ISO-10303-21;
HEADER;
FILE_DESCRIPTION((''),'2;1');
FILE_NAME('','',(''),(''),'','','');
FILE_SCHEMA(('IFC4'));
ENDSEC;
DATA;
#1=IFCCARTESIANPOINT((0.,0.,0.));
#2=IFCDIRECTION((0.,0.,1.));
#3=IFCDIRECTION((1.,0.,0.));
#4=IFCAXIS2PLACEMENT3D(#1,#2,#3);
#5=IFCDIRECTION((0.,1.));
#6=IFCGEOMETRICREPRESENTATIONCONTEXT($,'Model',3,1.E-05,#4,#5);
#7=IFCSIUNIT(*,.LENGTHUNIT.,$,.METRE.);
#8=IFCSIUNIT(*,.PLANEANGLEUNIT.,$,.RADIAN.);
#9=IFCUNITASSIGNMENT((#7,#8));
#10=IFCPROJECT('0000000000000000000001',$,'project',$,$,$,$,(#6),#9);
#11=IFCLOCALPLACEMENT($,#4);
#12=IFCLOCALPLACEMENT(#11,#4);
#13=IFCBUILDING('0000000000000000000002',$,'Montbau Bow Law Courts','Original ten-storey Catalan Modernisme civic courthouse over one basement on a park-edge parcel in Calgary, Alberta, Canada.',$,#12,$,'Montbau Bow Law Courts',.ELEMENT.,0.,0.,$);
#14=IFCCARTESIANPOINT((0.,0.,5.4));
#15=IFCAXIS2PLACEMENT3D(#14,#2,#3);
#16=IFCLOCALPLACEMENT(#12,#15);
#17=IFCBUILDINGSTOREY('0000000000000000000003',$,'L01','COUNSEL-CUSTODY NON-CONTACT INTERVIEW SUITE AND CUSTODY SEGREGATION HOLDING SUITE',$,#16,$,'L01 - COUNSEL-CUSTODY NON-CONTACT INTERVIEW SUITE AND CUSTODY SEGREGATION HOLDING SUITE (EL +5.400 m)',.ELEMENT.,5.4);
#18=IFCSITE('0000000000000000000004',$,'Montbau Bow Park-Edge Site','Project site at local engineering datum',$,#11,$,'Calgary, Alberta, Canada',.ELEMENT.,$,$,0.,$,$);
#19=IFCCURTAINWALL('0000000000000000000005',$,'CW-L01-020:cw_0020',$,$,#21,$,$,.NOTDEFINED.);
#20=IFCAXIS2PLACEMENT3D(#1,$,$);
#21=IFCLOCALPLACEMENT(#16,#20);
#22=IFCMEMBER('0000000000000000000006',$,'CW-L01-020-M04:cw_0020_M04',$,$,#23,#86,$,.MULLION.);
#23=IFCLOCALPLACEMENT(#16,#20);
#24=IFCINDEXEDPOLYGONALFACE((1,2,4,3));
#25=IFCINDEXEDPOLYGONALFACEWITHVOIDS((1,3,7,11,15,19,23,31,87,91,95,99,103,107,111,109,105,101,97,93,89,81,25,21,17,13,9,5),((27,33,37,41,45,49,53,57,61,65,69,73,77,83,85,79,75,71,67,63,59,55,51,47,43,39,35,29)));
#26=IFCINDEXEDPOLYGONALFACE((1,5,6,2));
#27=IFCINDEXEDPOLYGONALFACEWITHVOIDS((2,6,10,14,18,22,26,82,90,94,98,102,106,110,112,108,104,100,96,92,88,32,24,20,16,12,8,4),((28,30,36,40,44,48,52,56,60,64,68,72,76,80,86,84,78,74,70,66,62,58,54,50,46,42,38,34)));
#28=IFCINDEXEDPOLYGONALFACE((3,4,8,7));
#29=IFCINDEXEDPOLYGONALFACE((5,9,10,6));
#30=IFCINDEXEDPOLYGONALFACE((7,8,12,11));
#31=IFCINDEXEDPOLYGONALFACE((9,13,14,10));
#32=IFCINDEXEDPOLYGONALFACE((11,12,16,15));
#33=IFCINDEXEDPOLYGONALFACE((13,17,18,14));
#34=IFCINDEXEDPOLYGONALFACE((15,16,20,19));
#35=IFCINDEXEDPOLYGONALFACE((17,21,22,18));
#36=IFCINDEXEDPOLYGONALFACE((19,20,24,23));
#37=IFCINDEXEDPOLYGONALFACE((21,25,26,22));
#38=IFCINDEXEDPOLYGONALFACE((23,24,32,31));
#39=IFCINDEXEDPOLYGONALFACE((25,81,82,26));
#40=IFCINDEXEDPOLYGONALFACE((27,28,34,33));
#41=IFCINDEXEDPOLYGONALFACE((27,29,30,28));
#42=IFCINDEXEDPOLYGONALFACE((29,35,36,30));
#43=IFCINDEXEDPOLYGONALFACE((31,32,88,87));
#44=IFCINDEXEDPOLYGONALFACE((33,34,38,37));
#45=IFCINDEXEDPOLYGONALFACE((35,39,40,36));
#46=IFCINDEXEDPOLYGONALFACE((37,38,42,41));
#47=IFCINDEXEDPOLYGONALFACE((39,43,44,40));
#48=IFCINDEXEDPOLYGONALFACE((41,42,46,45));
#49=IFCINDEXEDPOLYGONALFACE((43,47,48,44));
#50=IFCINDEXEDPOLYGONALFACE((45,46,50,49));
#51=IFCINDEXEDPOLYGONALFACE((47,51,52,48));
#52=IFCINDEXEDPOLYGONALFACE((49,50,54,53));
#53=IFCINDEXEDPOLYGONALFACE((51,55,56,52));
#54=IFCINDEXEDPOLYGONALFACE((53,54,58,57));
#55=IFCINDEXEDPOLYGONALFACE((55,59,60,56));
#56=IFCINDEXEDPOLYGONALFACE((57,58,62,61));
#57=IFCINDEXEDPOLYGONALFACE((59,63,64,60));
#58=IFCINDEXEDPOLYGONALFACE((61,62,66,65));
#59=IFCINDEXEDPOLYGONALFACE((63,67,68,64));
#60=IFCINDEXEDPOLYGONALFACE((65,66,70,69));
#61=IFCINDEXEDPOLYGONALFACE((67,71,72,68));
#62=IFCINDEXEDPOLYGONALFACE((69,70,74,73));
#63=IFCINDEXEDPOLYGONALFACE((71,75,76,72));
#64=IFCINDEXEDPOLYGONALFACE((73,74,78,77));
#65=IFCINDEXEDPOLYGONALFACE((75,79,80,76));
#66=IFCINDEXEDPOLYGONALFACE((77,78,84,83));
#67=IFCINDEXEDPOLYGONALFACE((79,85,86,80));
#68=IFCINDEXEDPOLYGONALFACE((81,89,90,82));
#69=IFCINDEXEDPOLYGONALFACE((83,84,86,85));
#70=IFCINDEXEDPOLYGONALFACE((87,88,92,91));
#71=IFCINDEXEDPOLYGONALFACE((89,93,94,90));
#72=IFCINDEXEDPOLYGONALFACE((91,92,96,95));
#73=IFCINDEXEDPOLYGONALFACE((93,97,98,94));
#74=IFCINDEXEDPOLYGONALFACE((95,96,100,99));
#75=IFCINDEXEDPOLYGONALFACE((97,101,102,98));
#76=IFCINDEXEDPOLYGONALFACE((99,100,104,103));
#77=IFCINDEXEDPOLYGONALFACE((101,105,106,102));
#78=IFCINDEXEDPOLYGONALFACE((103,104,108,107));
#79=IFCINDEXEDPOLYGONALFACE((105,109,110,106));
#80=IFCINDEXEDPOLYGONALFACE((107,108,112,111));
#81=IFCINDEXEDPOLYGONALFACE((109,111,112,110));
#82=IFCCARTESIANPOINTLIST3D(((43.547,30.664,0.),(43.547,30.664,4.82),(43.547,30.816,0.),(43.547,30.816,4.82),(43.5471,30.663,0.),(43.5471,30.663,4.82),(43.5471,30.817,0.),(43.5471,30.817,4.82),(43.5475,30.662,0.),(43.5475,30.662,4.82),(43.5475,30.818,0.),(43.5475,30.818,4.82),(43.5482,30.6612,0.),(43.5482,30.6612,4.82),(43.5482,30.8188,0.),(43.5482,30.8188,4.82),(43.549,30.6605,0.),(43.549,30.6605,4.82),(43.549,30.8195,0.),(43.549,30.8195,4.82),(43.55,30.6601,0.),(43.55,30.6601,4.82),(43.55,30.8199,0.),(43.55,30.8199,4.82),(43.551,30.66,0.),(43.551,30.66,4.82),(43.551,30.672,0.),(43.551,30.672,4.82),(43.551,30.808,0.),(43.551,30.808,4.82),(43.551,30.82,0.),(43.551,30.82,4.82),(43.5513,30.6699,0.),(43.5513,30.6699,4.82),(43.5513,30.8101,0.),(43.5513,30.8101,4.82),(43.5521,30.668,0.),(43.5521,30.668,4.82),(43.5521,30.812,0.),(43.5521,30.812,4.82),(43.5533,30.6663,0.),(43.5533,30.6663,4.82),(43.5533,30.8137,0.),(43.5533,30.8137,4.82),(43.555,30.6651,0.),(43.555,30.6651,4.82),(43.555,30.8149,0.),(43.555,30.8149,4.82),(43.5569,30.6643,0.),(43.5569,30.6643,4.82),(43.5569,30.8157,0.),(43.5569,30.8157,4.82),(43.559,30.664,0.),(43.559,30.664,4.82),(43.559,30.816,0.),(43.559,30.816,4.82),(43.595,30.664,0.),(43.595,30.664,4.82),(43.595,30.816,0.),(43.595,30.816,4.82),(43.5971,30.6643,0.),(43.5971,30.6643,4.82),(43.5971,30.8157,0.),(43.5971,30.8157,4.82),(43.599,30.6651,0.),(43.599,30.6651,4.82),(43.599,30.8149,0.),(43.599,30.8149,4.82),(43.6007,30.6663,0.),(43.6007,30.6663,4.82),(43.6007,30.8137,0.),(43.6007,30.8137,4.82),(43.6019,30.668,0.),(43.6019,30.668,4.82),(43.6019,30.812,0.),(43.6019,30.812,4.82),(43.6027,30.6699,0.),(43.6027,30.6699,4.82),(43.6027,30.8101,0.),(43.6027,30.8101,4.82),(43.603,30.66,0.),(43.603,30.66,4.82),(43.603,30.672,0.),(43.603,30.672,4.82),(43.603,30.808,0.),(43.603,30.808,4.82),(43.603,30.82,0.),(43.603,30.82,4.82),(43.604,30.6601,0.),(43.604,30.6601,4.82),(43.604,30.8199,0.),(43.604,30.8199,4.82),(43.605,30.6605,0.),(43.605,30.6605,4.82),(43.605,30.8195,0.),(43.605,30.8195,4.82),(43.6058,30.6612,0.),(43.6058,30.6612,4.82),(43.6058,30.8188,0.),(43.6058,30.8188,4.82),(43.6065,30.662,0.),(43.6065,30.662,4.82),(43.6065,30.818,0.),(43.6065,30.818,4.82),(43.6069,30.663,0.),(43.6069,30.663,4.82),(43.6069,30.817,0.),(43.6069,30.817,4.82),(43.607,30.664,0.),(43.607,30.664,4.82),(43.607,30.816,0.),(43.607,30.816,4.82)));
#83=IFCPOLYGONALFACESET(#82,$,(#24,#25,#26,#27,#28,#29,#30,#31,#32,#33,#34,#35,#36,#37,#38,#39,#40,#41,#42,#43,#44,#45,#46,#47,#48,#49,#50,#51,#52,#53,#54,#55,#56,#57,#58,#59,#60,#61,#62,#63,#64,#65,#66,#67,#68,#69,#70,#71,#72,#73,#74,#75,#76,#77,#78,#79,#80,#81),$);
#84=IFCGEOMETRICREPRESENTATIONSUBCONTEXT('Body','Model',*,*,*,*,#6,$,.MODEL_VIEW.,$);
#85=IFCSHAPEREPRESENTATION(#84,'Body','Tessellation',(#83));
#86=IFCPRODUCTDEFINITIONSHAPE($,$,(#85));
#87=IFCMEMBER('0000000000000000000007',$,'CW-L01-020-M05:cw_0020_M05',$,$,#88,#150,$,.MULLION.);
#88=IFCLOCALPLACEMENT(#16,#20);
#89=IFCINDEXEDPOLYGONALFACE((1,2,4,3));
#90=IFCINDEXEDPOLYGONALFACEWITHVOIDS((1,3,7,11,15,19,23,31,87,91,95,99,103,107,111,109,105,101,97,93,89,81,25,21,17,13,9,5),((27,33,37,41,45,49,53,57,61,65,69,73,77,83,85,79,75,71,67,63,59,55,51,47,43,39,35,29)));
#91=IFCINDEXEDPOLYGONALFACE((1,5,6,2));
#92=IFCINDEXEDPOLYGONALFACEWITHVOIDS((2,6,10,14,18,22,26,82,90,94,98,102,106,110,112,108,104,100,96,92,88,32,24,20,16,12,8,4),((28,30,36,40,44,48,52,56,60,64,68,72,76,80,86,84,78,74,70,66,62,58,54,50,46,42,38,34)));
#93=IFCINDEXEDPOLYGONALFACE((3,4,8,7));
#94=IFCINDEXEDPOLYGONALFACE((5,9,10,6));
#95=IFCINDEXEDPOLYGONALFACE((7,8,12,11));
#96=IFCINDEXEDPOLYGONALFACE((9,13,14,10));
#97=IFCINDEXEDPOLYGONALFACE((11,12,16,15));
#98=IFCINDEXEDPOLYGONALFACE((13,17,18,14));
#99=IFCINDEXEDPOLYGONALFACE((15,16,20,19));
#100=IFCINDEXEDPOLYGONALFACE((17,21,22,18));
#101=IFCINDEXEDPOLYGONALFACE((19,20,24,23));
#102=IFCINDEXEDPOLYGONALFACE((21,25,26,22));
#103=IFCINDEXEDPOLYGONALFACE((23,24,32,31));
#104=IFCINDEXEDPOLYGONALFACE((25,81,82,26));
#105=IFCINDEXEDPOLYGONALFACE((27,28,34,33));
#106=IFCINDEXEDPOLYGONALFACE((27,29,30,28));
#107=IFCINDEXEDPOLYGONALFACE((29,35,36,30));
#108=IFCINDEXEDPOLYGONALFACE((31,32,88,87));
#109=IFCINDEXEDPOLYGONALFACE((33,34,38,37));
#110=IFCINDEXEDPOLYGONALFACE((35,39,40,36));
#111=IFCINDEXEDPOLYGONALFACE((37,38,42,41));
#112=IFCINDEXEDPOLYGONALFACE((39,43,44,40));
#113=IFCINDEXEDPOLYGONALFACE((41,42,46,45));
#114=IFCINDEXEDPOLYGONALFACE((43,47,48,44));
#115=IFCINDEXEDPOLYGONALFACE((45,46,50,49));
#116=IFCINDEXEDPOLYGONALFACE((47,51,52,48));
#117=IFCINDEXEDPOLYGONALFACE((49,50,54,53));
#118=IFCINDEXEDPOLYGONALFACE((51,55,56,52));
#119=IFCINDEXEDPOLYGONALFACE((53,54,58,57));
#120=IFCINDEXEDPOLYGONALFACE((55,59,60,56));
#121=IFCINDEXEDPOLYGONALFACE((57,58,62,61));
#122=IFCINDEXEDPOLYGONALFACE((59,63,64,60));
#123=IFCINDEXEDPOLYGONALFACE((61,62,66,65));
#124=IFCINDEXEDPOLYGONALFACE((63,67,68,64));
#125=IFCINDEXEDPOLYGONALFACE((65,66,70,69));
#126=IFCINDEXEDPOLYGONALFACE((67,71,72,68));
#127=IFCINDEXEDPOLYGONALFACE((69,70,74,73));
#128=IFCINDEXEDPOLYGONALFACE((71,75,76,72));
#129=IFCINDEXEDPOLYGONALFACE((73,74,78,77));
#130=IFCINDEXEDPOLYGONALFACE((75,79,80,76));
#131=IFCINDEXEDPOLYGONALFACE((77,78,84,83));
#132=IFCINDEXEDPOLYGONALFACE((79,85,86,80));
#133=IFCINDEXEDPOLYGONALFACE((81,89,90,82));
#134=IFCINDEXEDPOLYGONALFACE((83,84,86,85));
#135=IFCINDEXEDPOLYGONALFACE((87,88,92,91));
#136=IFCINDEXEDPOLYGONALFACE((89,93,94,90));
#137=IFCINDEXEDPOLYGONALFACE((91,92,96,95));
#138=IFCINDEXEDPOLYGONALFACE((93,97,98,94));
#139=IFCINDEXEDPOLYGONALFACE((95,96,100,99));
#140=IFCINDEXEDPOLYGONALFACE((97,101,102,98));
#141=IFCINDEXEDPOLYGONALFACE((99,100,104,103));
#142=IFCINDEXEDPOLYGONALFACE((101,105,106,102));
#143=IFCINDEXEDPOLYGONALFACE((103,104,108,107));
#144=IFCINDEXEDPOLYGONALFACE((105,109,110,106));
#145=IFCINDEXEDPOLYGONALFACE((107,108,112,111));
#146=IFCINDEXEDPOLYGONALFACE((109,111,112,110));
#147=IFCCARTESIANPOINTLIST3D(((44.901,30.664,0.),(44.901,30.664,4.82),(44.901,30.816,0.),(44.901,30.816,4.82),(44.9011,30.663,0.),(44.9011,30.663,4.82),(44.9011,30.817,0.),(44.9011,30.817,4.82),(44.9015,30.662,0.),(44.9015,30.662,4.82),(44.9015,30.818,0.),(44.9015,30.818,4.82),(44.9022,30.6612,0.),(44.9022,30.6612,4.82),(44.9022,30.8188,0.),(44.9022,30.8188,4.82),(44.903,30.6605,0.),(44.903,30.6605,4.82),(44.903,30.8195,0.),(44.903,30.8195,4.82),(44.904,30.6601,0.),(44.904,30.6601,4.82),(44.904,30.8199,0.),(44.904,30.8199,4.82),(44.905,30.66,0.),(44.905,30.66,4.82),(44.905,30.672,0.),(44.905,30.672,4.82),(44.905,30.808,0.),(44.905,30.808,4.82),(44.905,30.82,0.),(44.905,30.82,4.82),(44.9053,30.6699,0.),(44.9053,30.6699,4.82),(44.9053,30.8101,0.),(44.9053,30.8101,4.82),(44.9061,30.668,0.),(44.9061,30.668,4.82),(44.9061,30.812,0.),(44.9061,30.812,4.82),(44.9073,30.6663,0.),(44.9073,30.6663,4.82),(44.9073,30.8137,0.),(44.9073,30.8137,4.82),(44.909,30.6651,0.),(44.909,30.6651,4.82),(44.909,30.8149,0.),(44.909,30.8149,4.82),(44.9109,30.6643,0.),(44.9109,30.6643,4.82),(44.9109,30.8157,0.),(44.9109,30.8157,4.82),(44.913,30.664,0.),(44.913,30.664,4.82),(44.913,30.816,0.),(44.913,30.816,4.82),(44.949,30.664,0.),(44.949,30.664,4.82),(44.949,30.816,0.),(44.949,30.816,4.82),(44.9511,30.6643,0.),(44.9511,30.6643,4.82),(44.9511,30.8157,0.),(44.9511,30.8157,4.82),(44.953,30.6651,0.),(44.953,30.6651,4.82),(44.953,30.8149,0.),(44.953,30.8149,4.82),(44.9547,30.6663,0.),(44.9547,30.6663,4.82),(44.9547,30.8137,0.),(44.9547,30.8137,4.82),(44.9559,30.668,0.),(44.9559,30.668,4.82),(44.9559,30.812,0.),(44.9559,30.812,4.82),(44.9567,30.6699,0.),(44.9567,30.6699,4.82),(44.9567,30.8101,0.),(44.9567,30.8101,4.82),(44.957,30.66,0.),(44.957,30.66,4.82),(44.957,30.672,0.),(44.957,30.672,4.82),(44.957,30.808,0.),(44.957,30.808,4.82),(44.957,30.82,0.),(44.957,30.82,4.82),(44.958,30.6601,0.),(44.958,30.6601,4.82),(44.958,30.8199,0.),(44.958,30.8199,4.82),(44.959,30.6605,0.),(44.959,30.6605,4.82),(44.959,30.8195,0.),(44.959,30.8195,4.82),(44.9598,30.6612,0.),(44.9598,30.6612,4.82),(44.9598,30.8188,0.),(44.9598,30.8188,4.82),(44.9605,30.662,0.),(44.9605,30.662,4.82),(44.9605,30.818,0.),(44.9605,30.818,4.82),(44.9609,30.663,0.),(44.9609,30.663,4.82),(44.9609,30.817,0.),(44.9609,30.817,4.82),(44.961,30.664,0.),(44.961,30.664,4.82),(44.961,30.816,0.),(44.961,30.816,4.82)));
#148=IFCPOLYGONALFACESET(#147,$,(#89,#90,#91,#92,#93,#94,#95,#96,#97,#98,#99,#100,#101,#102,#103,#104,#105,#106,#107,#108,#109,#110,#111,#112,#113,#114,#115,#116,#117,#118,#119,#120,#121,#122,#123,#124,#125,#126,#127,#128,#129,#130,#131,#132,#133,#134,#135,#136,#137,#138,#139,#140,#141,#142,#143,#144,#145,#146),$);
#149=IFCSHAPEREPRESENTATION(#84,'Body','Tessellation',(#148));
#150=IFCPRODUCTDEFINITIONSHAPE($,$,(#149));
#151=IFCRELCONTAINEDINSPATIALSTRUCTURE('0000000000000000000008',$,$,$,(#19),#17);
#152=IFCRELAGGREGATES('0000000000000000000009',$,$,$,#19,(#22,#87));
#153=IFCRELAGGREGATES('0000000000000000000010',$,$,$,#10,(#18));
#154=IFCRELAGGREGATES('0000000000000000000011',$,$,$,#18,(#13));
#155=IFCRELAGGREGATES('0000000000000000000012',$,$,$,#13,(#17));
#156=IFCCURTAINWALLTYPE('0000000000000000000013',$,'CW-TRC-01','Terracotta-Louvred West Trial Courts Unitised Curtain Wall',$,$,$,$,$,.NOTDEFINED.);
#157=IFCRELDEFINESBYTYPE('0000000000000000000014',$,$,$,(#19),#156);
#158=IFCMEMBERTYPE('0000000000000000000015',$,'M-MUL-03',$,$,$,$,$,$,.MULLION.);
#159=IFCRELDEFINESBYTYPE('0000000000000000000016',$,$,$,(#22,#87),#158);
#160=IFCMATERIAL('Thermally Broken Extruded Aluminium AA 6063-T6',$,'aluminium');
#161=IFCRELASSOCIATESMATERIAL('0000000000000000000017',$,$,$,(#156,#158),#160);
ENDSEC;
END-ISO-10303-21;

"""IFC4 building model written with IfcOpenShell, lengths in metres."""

from ifc_helpers import new_model, si_unit, direction, frame, origin_with_axes, origin_2d_with_axis, place, context, subcontext, project, spatial, hollow_rectangle, extrude, material, material_profile, profile_set, type_object, element, aggregate, save


model = new_model("IFC4")

# Units and contexts
model_context = context("Model", 3, precision=1e-05, world=origin_with_axes(), true_north=direction((0.0, 1.0)))
body_context = subcontext(model_context, "Body", "Model", "MODEL_VIEW")
ifc_project = project(units=[si_unit("LENGTHUNIT", "METRE"), si_unit("PLANEANGLEUNIT", "RADIAN")], contexts=[model_context])

# Site, building, storey
site_placement = place(None, origin_with_axes())
site = spatial("IfcSite", under=ifc_project, at=site_placement, Name="Montbau Bow Park-Edge Site", Description="Project site at local engineering datum", LongName="Calgary, Alberta, Canada", CompositionType="ELEMENT", RefElevation=0.0)
building_placement = place(site_placement, origin_with_axes())
building = spatial("IfcBuilding", under=site, at=building_placement, Name="Montbau Bow Law Courts", Description="Original ten-storey Catalan Modernisme civic courthouse over one basement on a park-edge parcel in Calgary, Alberta, Canada.", LongName="Montbau Bow Law Courts", CompositionType="ELEMENT", ElevationOfRefHeight=0.0, ElevationOfTerrain=0.0)
storey_placement = place(building_placement, frame((0.0, 0.0, 5.4), z_axis=(0.0, 0.0, 1.0), x_axis=(1.0, 0.0, 0.0)))
storey = spatial("IfcBuildingStorey", under=building, at=storey_placement, Name="L01", Description="COUNSEL-CUSTODY NON-CONTACT INTERVIEW SUITE AND CUSTODY SEGREGATION HOLDING SUITE", LongName="L01 - COUNSEL-CUSTODY NON-CONTACT INTERVIEW SUITE AND CUSTODY SEGREGATION HOLDING SUITE (EL +5.400 m)", CompositionType="ELEMENT", Elevation=5.4)

# Curtain wall, members
ifc_material_1 = material(Name="Thermally Broken Extruded Aluminium AA 6063-T6", Category="aluminium")
curtain_wall_type = type_object("IfcCurtainWallType", Name="CW-TRC-01", Description="Terracotta-Louvred West Trial Courts Unitised Curtain Wall", PredefinedType="NOTDEFINED", material=ifc_material_1)
curtain_wall_1_placement = place(None, frame((39.515, 30.74, 5.4), z_axis=(0.0, 0.0, 1.0), x_axis=(1.0, 0.0, 0.0)))
curtain_wall_1 = element("IfcCurtainWall", 1, at=curtain_wall_1_placement, inside=storey, type_object=curtain_wall_type, Name="CW-L01-020:cw_0020", PredefinedType="NOTDEFINED")
ifc_material_profile_1 = material_profile(ifc_material_1, hollow_rectangle(XDim=0.06, YDim=0.16, WallThickness=0.004, InnerFilletRadius=0.008, OuterFilletRadius=0.004, at=origin_2d_with_axis()), Name="CWM-160X60", Category="Main", Priority=0)
ifc_profile_set_1 = profile_set([ifc_material_profile_1], Name="Thermally Broken Extruded Aluminium AA 6063-T6")
member_type_1 = type_object("IfcMemberType", Name="M-MUL-03", PredefinedType="MULLION", material=ifc_profile_set_1)
member_1_placement = place(None, frame((43.577, 30.74, 5.4), z_axis=(0.0, 0.0, 1.0), x_axis=(1.0, 0.0, 0.0)))
member_1 = element("IfcMember", 2, at=member_1_placement, type_object=member_type_1, Name="CW-L01-020-M04:cw_0020_M04", PredefinedType="MULLION", context=body_context, shape_type="SweptSolid", body=[
    extrude(hollow_rectangle(XDim=0.06, YDim=0.16, WallThickness=0.004, InnerFilletRadius=0.008, OuterFilletRadius=0.004, at=origin_2d_with_axis()), origin_with_axes(), (0.0, 0.0, 1.0), 4.82),
])
member_2_placement = place(None, frame((44.931, 30.74, 5.4), z_axis=(0.0, 0.0, 1.0), x_axis=(1.0, 0.0, 0.0)))
member_2 = element("IfcMember", 3, at=member_2_placement, type_object=member_type_1, Name="CW-L01-020-M05:cw_0020_M05", PredefinedType="MULLION", context=body_context, shape_type="SweptSolid", body=[
    extrude(hollow_rectangle(XDim=0.06, YDim=0.16, WallThickness=0.004, InnerFilletRadius=0.008, OuterFilletRadius=0.004, at=origin_2d_with_axis()), origin_with_axes(), (0.0, 0.0, 1.0), 4.82),
])

aggregate(curtain_wall_1, [member_1, member_2])

save(model, "model.ifc")
